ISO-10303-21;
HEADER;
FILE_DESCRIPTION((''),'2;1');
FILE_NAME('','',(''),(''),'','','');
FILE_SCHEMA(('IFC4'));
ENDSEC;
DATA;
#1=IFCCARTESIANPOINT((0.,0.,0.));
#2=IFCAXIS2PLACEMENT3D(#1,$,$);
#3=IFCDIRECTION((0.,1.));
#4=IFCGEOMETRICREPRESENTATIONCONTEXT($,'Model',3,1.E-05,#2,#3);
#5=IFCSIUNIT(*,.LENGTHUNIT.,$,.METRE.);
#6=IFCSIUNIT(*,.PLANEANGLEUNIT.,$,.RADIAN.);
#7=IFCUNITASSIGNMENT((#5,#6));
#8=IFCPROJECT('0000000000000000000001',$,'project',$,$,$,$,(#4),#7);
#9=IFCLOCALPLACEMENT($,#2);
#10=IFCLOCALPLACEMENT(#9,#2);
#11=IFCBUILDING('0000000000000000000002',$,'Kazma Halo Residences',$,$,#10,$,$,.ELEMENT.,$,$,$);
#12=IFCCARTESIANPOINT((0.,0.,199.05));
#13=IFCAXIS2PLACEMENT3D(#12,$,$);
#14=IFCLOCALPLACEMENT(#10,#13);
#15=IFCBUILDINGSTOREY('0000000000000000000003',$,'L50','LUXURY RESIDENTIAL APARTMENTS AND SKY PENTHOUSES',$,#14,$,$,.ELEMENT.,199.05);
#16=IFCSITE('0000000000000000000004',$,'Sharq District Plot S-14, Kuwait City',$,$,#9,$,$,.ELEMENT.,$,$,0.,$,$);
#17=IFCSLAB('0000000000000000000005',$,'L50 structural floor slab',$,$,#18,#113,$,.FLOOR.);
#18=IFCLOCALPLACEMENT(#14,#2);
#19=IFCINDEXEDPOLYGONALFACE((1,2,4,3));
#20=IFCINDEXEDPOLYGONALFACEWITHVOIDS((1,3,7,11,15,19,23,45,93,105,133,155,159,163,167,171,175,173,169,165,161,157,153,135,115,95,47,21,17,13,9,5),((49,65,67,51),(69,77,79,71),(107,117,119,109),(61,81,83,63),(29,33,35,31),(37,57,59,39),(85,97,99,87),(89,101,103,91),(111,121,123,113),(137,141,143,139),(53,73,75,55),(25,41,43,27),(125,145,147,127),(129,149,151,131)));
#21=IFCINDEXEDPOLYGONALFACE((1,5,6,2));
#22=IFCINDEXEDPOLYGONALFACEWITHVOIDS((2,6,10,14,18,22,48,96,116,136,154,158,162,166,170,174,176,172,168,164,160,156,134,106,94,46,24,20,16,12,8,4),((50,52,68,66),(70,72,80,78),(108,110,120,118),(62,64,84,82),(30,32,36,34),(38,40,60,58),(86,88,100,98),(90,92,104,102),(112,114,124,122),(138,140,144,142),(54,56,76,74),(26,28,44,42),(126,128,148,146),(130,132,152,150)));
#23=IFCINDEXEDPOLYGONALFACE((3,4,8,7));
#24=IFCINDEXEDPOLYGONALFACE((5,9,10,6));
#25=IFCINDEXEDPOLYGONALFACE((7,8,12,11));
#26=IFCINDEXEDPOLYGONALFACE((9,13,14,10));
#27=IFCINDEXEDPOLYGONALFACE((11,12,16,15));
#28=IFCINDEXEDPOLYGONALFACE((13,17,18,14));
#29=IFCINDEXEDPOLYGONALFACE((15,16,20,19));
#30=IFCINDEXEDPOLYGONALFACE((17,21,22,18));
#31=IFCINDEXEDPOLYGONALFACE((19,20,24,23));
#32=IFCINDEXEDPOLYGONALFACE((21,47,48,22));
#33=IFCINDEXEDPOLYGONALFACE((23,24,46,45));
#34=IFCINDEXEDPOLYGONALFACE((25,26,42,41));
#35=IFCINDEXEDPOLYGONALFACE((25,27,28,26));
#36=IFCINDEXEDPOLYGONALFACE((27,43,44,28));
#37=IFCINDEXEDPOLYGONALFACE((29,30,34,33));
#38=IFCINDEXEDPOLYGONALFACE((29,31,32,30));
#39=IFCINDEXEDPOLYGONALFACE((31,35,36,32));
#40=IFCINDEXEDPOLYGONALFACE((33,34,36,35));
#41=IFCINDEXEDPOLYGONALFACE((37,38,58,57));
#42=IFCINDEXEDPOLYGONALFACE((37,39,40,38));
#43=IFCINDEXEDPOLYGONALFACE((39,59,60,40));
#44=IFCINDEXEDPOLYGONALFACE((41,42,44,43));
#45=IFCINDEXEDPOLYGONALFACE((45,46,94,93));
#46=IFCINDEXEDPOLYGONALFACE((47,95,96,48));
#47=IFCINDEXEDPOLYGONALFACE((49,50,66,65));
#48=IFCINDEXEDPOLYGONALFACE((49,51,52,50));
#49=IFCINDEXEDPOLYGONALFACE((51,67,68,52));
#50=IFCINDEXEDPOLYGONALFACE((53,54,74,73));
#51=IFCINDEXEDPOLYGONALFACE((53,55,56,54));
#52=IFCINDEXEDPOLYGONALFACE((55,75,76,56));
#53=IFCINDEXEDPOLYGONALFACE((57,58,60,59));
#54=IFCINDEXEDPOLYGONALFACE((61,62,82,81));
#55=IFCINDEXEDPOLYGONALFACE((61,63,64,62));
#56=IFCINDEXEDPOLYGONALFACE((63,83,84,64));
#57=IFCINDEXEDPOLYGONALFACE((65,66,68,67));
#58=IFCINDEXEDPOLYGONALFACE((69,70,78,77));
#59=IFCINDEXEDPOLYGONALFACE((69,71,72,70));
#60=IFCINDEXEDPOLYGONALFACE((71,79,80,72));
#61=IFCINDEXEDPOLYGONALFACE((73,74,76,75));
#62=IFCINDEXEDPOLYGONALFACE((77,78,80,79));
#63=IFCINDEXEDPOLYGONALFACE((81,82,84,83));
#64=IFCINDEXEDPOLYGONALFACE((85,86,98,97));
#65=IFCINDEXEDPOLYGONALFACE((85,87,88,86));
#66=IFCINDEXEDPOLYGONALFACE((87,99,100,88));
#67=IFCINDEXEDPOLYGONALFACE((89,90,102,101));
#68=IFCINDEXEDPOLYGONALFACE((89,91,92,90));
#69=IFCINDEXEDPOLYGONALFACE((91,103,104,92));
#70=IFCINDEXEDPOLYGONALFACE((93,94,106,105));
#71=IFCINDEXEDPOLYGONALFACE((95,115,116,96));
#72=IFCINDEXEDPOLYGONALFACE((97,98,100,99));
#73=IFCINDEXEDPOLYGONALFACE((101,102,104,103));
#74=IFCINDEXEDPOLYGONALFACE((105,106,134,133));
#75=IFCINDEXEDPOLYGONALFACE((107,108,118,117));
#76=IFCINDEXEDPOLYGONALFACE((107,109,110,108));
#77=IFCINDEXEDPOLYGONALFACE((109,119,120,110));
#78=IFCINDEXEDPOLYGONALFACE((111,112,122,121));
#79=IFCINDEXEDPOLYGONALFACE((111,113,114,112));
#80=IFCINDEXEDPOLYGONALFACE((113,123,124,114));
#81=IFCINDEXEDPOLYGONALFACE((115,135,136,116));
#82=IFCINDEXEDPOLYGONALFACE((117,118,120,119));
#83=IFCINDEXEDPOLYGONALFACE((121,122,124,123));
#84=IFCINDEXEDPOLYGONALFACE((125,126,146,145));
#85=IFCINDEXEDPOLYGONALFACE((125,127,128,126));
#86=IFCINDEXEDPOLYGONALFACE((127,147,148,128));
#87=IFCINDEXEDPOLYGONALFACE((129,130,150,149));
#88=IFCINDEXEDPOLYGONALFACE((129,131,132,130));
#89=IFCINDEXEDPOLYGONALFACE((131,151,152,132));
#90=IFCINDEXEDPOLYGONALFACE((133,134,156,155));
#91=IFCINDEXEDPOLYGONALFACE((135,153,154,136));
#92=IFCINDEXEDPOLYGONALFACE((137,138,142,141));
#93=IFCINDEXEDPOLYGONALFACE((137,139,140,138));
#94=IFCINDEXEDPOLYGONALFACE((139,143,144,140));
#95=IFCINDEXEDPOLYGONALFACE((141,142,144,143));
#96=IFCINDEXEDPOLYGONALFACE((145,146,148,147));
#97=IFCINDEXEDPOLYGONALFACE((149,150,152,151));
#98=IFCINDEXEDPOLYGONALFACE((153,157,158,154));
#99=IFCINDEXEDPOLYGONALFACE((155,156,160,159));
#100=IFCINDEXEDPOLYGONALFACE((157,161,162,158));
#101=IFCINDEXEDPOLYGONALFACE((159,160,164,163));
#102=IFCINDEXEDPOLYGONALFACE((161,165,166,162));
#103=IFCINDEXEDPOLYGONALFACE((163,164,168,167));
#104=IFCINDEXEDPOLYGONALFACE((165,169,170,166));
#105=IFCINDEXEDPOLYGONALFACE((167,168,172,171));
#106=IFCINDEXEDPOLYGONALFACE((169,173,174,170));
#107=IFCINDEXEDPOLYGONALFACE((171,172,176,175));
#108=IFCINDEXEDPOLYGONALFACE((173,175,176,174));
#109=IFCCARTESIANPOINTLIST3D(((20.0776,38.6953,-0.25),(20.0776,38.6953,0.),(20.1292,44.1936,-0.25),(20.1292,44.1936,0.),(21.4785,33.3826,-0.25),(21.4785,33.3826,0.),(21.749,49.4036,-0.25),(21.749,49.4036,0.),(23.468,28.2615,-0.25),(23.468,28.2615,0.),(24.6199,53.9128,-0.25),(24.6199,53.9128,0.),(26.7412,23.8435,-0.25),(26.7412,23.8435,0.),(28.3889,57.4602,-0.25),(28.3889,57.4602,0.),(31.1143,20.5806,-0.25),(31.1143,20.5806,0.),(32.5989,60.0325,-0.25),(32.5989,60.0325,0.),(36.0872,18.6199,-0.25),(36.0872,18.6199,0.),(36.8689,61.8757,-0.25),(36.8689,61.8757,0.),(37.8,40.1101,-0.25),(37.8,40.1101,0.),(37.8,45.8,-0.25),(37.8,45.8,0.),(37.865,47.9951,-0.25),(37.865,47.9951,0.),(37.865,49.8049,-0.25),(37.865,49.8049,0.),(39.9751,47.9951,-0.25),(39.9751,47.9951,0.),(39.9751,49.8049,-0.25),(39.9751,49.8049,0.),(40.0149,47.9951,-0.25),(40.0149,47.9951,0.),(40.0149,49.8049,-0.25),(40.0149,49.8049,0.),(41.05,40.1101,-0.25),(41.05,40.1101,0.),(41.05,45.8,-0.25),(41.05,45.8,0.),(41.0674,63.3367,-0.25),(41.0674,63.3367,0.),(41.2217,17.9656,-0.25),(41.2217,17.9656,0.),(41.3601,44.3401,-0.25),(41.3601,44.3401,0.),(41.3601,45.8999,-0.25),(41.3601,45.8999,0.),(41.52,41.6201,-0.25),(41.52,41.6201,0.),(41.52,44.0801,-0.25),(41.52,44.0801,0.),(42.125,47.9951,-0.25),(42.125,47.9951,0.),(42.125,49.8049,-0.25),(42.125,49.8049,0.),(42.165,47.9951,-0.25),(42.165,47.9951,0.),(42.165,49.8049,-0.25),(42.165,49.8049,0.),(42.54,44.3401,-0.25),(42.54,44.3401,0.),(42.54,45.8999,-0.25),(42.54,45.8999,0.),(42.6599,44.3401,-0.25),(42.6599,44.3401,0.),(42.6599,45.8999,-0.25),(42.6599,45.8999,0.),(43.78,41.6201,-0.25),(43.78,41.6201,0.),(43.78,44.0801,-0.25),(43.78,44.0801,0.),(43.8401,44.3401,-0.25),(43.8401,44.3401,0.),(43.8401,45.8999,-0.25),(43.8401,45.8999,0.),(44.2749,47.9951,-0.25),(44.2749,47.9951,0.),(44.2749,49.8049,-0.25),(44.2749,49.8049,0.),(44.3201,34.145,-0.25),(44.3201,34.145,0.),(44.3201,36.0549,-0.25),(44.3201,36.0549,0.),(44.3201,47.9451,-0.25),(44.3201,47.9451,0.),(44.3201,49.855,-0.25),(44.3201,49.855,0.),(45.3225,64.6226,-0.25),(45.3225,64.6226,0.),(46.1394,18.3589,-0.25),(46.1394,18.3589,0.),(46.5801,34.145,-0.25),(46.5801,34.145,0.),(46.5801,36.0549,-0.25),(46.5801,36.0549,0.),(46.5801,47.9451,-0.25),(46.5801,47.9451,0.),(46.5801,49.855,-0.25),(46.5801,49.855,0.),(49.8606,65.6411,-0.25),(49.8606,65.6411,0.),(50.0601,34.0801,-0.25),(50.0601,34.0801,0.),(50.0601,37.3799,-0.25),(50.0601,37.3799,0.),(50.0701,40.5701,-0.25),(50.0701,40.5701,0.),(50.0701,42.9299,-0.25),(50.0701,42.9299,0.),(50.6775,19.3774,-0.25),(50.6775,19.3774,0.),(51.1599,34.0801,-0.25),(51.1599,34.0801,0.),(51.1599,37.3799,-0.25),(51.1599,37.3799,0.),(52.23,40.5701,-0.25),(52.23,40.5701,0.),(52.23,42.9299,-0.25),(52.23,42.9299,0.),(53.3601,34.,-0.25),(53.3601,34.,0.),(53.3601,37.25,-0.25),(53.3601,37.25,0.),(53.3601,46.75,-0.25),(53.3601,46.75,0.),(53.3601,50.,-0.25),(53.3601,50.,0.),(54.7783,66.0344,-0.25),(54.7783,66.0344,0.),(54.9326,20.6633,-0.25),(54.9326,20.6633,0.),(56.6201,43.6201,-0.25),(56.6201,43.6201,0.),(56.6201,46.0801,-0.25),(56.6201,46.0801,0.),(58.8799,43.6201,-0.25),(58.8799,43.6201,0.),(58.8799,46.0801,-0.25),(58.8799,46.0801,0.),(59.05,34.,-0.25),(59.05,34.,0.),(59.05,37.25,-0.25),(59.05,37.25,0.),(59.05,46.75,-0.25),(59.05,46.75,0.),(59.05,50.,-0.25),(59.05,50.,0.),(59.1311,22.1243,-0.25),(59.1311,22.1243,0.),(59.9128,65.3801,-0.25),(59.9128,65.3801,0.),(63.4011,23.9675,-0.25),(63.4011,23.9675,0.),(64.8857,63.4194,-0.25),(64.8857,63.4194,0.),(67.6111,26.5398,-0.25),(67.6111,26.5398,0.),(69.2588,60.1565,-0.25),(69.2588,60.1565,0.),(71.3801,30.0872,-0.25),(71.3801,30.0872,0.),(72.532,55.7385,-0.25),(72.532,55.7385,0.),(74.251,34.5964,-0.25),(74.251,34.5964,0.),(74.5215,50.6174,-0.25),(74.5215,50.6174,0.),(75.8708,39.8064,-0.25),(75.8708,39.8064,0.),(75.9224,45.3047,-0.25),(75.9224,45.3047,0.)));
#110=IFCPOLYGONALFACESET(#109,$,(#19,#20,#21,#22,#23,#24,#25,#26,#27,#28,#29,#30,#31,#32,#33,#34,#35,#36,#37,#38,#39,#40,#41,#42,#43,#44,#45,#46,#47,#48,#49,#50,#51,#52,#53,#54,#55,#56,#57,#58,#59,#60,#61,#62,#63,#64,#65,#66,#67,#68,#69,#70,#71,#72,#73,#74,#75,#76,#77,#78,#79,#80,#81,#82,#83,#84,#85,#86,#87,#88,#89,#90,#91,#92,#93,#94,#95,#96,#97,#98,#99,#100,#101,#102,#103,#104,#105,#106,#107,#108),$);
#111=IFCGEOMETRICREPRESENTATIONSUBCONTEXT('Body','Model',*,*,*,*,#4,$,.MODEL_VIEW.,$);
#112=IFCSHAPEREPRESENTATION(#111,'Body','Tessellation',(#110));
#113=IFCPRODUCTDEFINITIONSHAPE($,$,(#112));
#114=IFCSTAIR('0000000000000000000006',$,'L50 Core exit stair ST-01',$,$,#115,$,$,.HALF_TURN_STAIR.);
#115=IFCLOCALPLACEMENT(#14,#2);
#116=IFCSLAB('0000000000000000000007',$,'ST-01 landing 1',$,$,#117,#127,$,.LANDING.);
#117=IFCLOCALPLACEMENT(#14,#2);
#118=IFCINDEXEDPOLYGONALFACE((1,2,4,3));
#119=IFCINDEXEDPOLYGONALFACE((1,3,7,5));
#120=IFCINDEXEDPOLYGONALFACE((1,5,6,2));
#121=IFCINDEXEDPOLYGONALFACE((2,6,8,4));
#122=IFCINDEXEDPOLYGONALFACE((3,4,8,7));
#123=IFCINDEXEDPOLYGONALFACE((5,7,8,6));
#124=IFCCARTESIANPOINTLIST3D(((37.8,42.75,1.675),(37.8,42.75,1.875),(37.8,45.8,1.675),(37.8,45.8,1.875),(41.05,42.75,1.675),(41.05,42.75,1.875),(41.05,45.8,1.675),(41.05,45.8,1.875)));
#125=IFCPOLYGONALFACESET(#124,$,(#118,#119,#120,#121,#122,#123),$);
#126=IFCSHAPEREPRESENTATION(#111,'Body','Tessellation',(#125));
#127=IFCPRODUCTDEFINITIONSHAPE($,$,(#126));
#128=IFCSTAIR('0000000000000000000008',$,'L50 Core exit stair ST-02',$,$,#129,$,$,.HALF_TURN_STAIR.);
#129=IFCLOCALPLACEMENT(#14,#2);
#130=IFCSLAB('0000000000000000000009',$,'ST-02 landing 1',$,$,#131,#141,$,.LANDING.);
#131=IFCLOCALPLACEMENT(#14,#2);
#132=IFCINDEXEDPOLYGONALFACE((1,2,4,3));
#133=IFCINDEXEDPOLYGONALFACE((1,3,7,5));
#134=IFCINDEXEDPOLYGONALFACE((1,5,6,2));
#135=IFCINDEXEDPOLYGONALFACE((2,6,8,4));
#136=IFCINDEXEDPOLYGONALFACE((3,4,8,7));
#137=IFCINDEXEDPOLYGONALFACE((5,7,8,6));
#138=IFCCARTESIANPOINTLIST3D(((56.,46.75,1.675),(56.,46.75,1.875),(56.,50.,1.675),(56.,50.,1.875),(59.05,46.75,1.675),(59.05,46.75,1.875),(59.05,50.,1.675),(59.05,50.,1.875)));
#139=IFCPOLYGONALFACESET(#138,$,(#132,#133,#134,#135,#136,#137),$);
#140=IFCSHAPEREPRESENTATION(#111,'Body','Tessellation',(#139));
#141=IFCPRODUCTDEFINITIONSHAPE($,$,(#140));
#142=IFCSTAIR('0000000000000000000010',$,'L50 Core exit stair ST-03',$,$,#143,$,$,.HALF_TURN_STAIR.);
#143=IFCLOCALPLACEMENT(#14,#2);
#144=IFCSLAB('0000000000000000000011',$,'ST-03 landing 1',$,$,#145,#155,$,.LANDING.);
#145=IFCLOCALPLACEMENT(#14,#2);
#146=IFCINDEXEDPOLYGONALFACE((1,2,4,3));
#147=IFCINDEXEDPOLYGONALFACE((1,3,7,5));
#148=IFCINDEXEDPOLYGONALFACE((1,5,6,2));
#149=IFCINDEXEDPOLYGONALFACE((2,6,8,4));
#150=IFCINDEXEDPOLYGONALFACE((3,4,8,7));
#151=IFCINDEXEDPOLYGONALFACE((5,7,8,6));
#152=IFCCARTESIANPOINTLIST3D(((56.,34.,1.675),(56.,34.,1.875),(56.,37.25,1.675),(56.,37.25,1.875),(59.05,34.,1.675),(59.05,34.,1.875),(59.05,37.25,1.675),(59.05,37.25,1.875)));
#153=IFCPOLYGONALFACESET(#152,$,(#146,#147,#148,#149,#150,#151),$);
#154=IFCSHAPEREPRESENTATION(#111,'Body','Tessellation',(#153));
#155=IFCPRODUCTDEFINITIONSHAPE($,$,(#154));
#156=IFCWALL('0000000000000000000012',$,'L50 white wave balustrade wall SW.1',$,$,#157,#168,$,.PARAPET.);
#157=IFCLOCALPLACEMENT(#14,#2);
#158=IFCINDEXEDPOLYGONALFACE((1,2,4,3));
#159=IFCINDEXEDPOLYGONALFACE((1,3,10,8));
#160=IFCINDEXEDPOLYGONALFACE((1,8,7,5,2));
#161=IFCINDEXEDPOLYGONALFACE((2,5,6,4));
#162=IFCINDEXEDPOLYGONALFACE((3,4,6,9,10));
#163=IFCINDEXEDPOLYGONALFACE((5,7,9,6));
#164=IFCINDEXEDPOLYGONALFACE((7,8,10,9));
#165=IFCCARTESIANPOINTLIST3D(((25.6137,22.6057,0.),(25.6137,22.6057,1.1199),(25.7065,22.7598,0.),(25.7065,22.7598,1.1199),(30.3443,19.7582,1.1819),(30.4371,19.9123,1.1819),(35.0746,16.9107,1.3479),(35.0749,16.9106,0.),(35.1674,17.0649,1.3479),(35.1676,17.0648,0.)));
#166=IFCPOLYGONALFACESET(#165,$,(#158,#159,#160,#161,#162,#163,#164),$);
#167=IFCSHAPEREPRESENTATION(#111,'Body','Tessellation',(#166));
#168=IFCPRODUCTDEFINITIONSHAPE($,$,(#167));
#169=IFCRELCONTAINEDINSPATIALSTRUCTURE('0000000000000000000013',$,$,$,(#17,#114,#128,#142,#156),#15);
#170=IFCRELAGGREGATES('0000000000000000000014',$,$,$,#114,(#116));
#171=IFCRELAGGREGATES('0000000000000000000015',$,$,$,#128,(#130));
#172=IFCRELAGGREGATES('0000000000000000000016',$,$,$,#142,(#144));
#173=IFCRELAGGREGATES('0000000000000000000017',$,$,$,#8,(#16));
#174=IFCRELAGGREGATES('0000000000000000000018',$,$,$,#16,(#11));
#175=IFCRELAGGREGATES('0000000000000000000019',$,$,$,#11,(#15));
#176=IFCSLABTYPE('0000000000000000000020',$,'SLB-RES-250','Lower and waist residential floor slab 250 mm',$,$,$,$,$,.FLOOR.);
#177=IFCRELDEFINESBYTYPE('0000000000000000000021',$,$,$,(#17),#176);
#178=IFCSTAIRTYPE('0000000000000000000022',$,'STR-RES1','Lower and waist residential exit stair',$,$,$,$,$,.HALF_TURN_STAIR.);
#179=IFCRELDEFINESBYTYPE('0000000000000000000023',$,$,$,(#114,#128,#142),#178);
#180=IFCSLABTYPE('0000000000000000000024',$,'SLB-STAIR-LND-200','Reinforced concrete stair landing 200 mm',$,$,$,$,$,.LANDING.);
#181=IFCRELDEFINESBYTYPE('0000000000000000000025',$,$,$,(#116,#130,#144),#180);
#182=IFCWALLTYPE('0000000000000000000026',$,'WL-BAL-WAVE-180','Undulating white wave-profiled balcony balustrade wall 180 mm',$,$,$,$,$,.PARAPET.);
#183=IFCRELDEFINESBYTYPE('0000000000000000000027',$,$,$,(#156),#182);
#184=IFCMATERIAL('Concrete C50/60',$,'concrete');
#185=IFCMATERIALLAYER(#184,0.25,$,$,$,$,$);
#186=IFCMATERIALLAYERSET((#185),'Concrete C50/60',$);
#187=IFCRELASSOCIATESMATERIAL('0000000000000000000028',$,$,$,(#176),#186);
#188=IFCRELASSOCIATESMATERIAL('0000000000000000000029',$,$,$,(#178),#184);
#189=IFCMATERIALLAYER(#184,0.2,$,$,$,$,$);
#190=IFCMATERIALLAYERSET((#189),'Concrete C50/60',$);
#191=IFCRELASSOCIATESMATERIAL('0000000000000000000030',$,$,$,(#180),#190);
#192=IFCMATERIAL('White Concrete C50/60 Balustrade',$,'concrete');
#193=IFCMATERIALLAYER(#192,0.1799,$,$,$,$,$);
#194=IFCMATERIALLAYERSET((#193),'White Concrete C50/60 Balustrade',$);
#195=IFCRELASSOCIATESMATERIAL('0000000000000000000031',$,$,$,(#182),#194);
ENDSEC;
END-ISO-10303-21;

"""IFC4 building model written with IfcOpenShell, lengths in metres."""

from ifc_helpers import new_model, si_unit, direction, frame, origin, place, context, subcontext, project, spatial, polyline, outline, extrude, material, layer, layer_set, type_object, element, aggregate, save


model = new_model("IFC4")

# Units and contexts
model_context = context("Model", 3, precision=1e-05, world=origin(), true_north=direction((0.0, 1.0)))
body_context = subcontext(model_context, "Body", "Model", "MODEL_VIEW")
ifc_project = project(units=[si_unit("LENGTHUNIT", "METRE"), si_unit("PLANEANGLEUNIT", "RADIAN")], contexts=[model_context])

# Site, building, storey
site_placement = place(None, origin())
site = spatial("IfcSite", under=ifc_project, at=site_placement, Name="Sharq District Plot S-14, Kuwait City", CompositionType="ELEMENT", RefElevation=0.0)
building_placement = place(site_placement, origin())
building = spatial("IfcBuilding", under=site, at=building_placement, Name="Kazma Halo Residences", CompositionType="ELEMENT")
storey_placement = place(building_placement, frame((0.0, 0.0, 199.05)))
storey = spatial("IfcBuildingStorey", under=building, at=storey_placement, Name="L50", Description="LUXURY RESIDENTIAL APARTMENTS AND SKY PENTHOUSES", CompositionType="ELEMENT", Elevation=199.05)

# Slab
ifc_material_1 = material(Name="Concrete C50/60", Category="concrete")
ifc_layer_1 = layer(ifc_material_1, 0.25)
ifc_layer_set_1 = layer_set([ifc_layer_1], Name="Concrete C50/60")
slab_type_1 = type_object("IfcSlabType", Name="SLB-RES-250", Description="Lower and waist residential floor slab 250 mm", PredefinedType="FLOOR", material=ifc_layer_set_1)
slab_1_placement = place(storey_placement, frame((0.0, 0.0, -0.25)))
element("IfcSlab", 1, at=slab_1_placement, inside=storey, type_object=slab_type_1, Name="L50 structural floor slab", PredefinedType="FLOOR", context=body_context, shape_type="SweptSolid", body=[
    extrude(outline(polyline([(74.5215, 50.6174), (72.532, 55.7385), (69.2588, 60.1565), (64.8857, 63.4194), (59.9128, 65.3801), (54.7783, 66.0344), (49.8606, 65.6411), (45.3225, 64.6226), (41.0674, 63.3367), (36.8689, 61.8757), (32.5989, 60.0325), (28.3889, 57.4602), (24.6199, 53.9128), (21.749, 49.4036), (20.1292, 44.1936), (20.0776, 38.6953), (21.4785, 33.3826), (23.468, 28.2615), (26.7412, 23.8435), (31.1143, 20.5806), (36.0872, 18.6199), (41.2217, 17.9656), (46.1394, 18.3589), (50.6775, 19.3774), (54.9326, 20.6633), (59.1311, 22.1243), (63.4011, 23.9675), (67.6111, 26.5398), (71.3801, 30.0872), (74.251, 34.5964), (75.8708, 39.8064), (75.9224, 45.3047), (74.5215, 50.6174)]), holes=[polyline([(37.8, 40.1101), (41.05, 40.1101), (41.05, 45.8), (37.8, 45.8), (37.8, 40.1101)]), polyline([(53.3601, 46.75), (59.05, 46.75), (59.05, 50.0), (53.3601, 50.0), (53.3601, 46.75)]), polyline([(53.3601, 34.0), (59.05, 34.0), (59.05, 37.25), (53.3601, 37.25), (53.3601, 34.0)]), polyline([(41.52, 41.6201), (43.78, 41.6201), (43.78, 44.0801), (41.52, 44.0801), (41.52, 41.6201)]), polyline([(56.6201, 43.6201), (58.8799, 43.6201), (58.8799, 46.0801), (56.6201, 46.0801), (56.6201, 43.6201)]), polyline([(37.865, 47.9951), (39.9751, 47.9951), (39.9751, 49.8049), (37.865, 49.8049), (37.865, 47.9951)]), polyline([(40.0149, 47.9951), (42.125, 47.9951), (42.125, 49.8049), (40.0149, 49.8049), (40.0149, 47.9951)]), polyline([(42.165, 47.9951), (44.2749, 47.9951), (44.2749, 49.8049), (42.165, 49.8049), (42.165, 47.9951)]), polyline([(44.3201, 47.9451), (46.5801, 47.9451), (46.5801, 49.855), (44.3201, 49.855), (44.3201, 47.9451)]), polyline([(44.3201, 34.145), (46.5801, 34.145), (46.5801, 36.0549), (44.3201, 36.0549), (44.3201, 34.145)]), polyline([(50.0701, 40.5701), (52.23, 40.5701), (52.23, 42.9299), (50.0701, 42.9299), (50.0701, 40.5701)]), polyline([(41.3601, 44.3401), (42.54, 44.3401), (42.54, 45.8999), (41.3601, 45.8999), (41.3601, 44.3401)]), polyline([(42.6599, 44.3401), (43.8401, 44.3401), (43.8401, 45.8999), (42.6599, 45.8999), (42.6599, 44.3401)]), polyline([(50.0601, 34.0801), (51.1599, 34.0801), (51.1599, 37.3799), (50.0601, 37.3799), (50.0601, 34.0801)])]), origin(), (0.0, 0.0, 1.0), 0.25),
])

# Stairs, slabs
stair_type = type_object("IfcStairType", Name="STR-RES1", Description="Lower and waist residential exit stair", PredefinedType="HALF_TURN_STAIR", material=ifc_material_1)
stair_1_placement = place(storey_placement, origin())
stair_1 = element("IfcStair", 2, at=stair_1_placement, inside=storey, type_object=stair_type, Name="L50 Core exit stair ST-01", PredefinedType="HALF_TURN_STAIR")
ifc_layer_2 = layer(ifc_material_1, 0.2)
ifc_layer_set_2 = layer_set([ifc_layer_2], Name="Concrete C50/60")
slab_type_2 = type_object("IfcSlabType", Name="SLB-STAIR-LND-200", Description="Reinforced concrete stair landing 200 mm", PredefinedType="LANDING", material=ifc_layer_set_2)
slab_2_placement = place(storey_placement, frame((0.0, 0.0, 1.675)))
slab_2 = element("IfcSlab", 3, at=slab_2_placement, type_object=slab_type_2, Name="ST-01 landing 1", PredefinedType="LANDING", context=body_context, shape_type="SweptSolid", body=[
    extrude(outline(polyline([(41.05, 42.75), (41.05, 45.8), (37.8, 45.8), (37.8, 42.75), (41.05, 42.75)])), origin(), (0.0, 0.0, 1.0), 0.2),
])
aggregate(stair_1, [slab_2])
stair_2_placement = place(storey_placement, origin())
stair_2 = element("IfcStair", 4, at=stair_2_placement, inside=storey, type_object=stair_type, Name="L50 Core exit stair ST-02", PredefinedType="HALF_TURN_STAIR")
slab_3_placement = place(storey_placement, frame((0.0, 0.0, 1.675)))
slab_3 = element("IfcSlab", 5, at=slab_3_placement, type_object=slab_type_2, Name="ST-02 landing 1", PredefinedType="LANDING", context=body_context, shape_type="SweptSolid", body=[
    extrude(outline(polyline([(56.0, 46.75), (59.05, 46.75), (59.05, 50.0), (56.0, 50.0), (56.0, 46.75)])), origin(), (0.0, 0.0, 1.0), 0.2),
])
aggregate(stair_2, [slab_3])
stair_3_placement = place(storey_placement, origin())
stair_3 = element("IfcStair", 6, at=stair_3_placement, inside=storey, type_object=stair_type, Name="L50 Core exit stair ST-03", PredefinedType="HALF_TURN_STAIR")
slab_4_placement = place(storey_placement, frame((0.0, 0.0, 1.675)))
slab_4 = element("IfcSlab", 7, at=slab_4_placement, type_object=slab_type_2, Name="ST-03 landing 1", PredefinedType="LANDING", context=body_context, shape_type="SweptSolid", body=[
    extrude(outline(polyline([(56.0, 34.0), (59.05, 34.0), (59.05, 37.25), (56.0, 37.25), (56.0, 34.0)])), origin(), (0.0, 0.0, 1.0), 0.2),
])
aggregate(stair_3, [slab_4])

# Wall
ifc_material_2 = material(Name="White Concrete C50/60 Balustrade", Category="concrete")
ifc_layer_3 = layer(ifc_material_2, 0.1799)
ifc_layer_set_3 = layer_set([ifc_layer_3], Name="White Concrete C50/60 Balustrade")
wall_type_1 = type_object("IfcWallType", Name="WL-BAL-WAVE-180", Description="Undulating white wave-profiled balcony balustrade wall 180 mm", PredefinedType="PARAPET", material=ifc_layer_set_3)
wall_1_placement = place(storey_placement, frame((25.6602, 22.6829, 0.0), z_axis=(0.0, 0.0, 1.0), x_axis=(0.856759, -0.515718, 0.0)))
element("IfcWall", 8, at=wall_1_placement, inside=storey, type_object=wall_type_1, Name="L50 white wave balustrade wall SW.1", PredefinedType="PARAPET", context=body_context, shape_type="SweptSolid", body=[
    extrude(outline(polyline([(0.0, 0.0), (11.043, 0.0), (11.0427, 1.3479), (5.5215, 1.1819), (0.0, 1.1199), (0.0, 0.0)])), frame((0.0, 0.0898, 0.0), z_axis=(0.0, -1.0, 0.0), x_axis=(1.0, 0.0, 0.0)), (0.0, 0.0, 1.0), 0.1799),
])

save(model, "model.ifc")
